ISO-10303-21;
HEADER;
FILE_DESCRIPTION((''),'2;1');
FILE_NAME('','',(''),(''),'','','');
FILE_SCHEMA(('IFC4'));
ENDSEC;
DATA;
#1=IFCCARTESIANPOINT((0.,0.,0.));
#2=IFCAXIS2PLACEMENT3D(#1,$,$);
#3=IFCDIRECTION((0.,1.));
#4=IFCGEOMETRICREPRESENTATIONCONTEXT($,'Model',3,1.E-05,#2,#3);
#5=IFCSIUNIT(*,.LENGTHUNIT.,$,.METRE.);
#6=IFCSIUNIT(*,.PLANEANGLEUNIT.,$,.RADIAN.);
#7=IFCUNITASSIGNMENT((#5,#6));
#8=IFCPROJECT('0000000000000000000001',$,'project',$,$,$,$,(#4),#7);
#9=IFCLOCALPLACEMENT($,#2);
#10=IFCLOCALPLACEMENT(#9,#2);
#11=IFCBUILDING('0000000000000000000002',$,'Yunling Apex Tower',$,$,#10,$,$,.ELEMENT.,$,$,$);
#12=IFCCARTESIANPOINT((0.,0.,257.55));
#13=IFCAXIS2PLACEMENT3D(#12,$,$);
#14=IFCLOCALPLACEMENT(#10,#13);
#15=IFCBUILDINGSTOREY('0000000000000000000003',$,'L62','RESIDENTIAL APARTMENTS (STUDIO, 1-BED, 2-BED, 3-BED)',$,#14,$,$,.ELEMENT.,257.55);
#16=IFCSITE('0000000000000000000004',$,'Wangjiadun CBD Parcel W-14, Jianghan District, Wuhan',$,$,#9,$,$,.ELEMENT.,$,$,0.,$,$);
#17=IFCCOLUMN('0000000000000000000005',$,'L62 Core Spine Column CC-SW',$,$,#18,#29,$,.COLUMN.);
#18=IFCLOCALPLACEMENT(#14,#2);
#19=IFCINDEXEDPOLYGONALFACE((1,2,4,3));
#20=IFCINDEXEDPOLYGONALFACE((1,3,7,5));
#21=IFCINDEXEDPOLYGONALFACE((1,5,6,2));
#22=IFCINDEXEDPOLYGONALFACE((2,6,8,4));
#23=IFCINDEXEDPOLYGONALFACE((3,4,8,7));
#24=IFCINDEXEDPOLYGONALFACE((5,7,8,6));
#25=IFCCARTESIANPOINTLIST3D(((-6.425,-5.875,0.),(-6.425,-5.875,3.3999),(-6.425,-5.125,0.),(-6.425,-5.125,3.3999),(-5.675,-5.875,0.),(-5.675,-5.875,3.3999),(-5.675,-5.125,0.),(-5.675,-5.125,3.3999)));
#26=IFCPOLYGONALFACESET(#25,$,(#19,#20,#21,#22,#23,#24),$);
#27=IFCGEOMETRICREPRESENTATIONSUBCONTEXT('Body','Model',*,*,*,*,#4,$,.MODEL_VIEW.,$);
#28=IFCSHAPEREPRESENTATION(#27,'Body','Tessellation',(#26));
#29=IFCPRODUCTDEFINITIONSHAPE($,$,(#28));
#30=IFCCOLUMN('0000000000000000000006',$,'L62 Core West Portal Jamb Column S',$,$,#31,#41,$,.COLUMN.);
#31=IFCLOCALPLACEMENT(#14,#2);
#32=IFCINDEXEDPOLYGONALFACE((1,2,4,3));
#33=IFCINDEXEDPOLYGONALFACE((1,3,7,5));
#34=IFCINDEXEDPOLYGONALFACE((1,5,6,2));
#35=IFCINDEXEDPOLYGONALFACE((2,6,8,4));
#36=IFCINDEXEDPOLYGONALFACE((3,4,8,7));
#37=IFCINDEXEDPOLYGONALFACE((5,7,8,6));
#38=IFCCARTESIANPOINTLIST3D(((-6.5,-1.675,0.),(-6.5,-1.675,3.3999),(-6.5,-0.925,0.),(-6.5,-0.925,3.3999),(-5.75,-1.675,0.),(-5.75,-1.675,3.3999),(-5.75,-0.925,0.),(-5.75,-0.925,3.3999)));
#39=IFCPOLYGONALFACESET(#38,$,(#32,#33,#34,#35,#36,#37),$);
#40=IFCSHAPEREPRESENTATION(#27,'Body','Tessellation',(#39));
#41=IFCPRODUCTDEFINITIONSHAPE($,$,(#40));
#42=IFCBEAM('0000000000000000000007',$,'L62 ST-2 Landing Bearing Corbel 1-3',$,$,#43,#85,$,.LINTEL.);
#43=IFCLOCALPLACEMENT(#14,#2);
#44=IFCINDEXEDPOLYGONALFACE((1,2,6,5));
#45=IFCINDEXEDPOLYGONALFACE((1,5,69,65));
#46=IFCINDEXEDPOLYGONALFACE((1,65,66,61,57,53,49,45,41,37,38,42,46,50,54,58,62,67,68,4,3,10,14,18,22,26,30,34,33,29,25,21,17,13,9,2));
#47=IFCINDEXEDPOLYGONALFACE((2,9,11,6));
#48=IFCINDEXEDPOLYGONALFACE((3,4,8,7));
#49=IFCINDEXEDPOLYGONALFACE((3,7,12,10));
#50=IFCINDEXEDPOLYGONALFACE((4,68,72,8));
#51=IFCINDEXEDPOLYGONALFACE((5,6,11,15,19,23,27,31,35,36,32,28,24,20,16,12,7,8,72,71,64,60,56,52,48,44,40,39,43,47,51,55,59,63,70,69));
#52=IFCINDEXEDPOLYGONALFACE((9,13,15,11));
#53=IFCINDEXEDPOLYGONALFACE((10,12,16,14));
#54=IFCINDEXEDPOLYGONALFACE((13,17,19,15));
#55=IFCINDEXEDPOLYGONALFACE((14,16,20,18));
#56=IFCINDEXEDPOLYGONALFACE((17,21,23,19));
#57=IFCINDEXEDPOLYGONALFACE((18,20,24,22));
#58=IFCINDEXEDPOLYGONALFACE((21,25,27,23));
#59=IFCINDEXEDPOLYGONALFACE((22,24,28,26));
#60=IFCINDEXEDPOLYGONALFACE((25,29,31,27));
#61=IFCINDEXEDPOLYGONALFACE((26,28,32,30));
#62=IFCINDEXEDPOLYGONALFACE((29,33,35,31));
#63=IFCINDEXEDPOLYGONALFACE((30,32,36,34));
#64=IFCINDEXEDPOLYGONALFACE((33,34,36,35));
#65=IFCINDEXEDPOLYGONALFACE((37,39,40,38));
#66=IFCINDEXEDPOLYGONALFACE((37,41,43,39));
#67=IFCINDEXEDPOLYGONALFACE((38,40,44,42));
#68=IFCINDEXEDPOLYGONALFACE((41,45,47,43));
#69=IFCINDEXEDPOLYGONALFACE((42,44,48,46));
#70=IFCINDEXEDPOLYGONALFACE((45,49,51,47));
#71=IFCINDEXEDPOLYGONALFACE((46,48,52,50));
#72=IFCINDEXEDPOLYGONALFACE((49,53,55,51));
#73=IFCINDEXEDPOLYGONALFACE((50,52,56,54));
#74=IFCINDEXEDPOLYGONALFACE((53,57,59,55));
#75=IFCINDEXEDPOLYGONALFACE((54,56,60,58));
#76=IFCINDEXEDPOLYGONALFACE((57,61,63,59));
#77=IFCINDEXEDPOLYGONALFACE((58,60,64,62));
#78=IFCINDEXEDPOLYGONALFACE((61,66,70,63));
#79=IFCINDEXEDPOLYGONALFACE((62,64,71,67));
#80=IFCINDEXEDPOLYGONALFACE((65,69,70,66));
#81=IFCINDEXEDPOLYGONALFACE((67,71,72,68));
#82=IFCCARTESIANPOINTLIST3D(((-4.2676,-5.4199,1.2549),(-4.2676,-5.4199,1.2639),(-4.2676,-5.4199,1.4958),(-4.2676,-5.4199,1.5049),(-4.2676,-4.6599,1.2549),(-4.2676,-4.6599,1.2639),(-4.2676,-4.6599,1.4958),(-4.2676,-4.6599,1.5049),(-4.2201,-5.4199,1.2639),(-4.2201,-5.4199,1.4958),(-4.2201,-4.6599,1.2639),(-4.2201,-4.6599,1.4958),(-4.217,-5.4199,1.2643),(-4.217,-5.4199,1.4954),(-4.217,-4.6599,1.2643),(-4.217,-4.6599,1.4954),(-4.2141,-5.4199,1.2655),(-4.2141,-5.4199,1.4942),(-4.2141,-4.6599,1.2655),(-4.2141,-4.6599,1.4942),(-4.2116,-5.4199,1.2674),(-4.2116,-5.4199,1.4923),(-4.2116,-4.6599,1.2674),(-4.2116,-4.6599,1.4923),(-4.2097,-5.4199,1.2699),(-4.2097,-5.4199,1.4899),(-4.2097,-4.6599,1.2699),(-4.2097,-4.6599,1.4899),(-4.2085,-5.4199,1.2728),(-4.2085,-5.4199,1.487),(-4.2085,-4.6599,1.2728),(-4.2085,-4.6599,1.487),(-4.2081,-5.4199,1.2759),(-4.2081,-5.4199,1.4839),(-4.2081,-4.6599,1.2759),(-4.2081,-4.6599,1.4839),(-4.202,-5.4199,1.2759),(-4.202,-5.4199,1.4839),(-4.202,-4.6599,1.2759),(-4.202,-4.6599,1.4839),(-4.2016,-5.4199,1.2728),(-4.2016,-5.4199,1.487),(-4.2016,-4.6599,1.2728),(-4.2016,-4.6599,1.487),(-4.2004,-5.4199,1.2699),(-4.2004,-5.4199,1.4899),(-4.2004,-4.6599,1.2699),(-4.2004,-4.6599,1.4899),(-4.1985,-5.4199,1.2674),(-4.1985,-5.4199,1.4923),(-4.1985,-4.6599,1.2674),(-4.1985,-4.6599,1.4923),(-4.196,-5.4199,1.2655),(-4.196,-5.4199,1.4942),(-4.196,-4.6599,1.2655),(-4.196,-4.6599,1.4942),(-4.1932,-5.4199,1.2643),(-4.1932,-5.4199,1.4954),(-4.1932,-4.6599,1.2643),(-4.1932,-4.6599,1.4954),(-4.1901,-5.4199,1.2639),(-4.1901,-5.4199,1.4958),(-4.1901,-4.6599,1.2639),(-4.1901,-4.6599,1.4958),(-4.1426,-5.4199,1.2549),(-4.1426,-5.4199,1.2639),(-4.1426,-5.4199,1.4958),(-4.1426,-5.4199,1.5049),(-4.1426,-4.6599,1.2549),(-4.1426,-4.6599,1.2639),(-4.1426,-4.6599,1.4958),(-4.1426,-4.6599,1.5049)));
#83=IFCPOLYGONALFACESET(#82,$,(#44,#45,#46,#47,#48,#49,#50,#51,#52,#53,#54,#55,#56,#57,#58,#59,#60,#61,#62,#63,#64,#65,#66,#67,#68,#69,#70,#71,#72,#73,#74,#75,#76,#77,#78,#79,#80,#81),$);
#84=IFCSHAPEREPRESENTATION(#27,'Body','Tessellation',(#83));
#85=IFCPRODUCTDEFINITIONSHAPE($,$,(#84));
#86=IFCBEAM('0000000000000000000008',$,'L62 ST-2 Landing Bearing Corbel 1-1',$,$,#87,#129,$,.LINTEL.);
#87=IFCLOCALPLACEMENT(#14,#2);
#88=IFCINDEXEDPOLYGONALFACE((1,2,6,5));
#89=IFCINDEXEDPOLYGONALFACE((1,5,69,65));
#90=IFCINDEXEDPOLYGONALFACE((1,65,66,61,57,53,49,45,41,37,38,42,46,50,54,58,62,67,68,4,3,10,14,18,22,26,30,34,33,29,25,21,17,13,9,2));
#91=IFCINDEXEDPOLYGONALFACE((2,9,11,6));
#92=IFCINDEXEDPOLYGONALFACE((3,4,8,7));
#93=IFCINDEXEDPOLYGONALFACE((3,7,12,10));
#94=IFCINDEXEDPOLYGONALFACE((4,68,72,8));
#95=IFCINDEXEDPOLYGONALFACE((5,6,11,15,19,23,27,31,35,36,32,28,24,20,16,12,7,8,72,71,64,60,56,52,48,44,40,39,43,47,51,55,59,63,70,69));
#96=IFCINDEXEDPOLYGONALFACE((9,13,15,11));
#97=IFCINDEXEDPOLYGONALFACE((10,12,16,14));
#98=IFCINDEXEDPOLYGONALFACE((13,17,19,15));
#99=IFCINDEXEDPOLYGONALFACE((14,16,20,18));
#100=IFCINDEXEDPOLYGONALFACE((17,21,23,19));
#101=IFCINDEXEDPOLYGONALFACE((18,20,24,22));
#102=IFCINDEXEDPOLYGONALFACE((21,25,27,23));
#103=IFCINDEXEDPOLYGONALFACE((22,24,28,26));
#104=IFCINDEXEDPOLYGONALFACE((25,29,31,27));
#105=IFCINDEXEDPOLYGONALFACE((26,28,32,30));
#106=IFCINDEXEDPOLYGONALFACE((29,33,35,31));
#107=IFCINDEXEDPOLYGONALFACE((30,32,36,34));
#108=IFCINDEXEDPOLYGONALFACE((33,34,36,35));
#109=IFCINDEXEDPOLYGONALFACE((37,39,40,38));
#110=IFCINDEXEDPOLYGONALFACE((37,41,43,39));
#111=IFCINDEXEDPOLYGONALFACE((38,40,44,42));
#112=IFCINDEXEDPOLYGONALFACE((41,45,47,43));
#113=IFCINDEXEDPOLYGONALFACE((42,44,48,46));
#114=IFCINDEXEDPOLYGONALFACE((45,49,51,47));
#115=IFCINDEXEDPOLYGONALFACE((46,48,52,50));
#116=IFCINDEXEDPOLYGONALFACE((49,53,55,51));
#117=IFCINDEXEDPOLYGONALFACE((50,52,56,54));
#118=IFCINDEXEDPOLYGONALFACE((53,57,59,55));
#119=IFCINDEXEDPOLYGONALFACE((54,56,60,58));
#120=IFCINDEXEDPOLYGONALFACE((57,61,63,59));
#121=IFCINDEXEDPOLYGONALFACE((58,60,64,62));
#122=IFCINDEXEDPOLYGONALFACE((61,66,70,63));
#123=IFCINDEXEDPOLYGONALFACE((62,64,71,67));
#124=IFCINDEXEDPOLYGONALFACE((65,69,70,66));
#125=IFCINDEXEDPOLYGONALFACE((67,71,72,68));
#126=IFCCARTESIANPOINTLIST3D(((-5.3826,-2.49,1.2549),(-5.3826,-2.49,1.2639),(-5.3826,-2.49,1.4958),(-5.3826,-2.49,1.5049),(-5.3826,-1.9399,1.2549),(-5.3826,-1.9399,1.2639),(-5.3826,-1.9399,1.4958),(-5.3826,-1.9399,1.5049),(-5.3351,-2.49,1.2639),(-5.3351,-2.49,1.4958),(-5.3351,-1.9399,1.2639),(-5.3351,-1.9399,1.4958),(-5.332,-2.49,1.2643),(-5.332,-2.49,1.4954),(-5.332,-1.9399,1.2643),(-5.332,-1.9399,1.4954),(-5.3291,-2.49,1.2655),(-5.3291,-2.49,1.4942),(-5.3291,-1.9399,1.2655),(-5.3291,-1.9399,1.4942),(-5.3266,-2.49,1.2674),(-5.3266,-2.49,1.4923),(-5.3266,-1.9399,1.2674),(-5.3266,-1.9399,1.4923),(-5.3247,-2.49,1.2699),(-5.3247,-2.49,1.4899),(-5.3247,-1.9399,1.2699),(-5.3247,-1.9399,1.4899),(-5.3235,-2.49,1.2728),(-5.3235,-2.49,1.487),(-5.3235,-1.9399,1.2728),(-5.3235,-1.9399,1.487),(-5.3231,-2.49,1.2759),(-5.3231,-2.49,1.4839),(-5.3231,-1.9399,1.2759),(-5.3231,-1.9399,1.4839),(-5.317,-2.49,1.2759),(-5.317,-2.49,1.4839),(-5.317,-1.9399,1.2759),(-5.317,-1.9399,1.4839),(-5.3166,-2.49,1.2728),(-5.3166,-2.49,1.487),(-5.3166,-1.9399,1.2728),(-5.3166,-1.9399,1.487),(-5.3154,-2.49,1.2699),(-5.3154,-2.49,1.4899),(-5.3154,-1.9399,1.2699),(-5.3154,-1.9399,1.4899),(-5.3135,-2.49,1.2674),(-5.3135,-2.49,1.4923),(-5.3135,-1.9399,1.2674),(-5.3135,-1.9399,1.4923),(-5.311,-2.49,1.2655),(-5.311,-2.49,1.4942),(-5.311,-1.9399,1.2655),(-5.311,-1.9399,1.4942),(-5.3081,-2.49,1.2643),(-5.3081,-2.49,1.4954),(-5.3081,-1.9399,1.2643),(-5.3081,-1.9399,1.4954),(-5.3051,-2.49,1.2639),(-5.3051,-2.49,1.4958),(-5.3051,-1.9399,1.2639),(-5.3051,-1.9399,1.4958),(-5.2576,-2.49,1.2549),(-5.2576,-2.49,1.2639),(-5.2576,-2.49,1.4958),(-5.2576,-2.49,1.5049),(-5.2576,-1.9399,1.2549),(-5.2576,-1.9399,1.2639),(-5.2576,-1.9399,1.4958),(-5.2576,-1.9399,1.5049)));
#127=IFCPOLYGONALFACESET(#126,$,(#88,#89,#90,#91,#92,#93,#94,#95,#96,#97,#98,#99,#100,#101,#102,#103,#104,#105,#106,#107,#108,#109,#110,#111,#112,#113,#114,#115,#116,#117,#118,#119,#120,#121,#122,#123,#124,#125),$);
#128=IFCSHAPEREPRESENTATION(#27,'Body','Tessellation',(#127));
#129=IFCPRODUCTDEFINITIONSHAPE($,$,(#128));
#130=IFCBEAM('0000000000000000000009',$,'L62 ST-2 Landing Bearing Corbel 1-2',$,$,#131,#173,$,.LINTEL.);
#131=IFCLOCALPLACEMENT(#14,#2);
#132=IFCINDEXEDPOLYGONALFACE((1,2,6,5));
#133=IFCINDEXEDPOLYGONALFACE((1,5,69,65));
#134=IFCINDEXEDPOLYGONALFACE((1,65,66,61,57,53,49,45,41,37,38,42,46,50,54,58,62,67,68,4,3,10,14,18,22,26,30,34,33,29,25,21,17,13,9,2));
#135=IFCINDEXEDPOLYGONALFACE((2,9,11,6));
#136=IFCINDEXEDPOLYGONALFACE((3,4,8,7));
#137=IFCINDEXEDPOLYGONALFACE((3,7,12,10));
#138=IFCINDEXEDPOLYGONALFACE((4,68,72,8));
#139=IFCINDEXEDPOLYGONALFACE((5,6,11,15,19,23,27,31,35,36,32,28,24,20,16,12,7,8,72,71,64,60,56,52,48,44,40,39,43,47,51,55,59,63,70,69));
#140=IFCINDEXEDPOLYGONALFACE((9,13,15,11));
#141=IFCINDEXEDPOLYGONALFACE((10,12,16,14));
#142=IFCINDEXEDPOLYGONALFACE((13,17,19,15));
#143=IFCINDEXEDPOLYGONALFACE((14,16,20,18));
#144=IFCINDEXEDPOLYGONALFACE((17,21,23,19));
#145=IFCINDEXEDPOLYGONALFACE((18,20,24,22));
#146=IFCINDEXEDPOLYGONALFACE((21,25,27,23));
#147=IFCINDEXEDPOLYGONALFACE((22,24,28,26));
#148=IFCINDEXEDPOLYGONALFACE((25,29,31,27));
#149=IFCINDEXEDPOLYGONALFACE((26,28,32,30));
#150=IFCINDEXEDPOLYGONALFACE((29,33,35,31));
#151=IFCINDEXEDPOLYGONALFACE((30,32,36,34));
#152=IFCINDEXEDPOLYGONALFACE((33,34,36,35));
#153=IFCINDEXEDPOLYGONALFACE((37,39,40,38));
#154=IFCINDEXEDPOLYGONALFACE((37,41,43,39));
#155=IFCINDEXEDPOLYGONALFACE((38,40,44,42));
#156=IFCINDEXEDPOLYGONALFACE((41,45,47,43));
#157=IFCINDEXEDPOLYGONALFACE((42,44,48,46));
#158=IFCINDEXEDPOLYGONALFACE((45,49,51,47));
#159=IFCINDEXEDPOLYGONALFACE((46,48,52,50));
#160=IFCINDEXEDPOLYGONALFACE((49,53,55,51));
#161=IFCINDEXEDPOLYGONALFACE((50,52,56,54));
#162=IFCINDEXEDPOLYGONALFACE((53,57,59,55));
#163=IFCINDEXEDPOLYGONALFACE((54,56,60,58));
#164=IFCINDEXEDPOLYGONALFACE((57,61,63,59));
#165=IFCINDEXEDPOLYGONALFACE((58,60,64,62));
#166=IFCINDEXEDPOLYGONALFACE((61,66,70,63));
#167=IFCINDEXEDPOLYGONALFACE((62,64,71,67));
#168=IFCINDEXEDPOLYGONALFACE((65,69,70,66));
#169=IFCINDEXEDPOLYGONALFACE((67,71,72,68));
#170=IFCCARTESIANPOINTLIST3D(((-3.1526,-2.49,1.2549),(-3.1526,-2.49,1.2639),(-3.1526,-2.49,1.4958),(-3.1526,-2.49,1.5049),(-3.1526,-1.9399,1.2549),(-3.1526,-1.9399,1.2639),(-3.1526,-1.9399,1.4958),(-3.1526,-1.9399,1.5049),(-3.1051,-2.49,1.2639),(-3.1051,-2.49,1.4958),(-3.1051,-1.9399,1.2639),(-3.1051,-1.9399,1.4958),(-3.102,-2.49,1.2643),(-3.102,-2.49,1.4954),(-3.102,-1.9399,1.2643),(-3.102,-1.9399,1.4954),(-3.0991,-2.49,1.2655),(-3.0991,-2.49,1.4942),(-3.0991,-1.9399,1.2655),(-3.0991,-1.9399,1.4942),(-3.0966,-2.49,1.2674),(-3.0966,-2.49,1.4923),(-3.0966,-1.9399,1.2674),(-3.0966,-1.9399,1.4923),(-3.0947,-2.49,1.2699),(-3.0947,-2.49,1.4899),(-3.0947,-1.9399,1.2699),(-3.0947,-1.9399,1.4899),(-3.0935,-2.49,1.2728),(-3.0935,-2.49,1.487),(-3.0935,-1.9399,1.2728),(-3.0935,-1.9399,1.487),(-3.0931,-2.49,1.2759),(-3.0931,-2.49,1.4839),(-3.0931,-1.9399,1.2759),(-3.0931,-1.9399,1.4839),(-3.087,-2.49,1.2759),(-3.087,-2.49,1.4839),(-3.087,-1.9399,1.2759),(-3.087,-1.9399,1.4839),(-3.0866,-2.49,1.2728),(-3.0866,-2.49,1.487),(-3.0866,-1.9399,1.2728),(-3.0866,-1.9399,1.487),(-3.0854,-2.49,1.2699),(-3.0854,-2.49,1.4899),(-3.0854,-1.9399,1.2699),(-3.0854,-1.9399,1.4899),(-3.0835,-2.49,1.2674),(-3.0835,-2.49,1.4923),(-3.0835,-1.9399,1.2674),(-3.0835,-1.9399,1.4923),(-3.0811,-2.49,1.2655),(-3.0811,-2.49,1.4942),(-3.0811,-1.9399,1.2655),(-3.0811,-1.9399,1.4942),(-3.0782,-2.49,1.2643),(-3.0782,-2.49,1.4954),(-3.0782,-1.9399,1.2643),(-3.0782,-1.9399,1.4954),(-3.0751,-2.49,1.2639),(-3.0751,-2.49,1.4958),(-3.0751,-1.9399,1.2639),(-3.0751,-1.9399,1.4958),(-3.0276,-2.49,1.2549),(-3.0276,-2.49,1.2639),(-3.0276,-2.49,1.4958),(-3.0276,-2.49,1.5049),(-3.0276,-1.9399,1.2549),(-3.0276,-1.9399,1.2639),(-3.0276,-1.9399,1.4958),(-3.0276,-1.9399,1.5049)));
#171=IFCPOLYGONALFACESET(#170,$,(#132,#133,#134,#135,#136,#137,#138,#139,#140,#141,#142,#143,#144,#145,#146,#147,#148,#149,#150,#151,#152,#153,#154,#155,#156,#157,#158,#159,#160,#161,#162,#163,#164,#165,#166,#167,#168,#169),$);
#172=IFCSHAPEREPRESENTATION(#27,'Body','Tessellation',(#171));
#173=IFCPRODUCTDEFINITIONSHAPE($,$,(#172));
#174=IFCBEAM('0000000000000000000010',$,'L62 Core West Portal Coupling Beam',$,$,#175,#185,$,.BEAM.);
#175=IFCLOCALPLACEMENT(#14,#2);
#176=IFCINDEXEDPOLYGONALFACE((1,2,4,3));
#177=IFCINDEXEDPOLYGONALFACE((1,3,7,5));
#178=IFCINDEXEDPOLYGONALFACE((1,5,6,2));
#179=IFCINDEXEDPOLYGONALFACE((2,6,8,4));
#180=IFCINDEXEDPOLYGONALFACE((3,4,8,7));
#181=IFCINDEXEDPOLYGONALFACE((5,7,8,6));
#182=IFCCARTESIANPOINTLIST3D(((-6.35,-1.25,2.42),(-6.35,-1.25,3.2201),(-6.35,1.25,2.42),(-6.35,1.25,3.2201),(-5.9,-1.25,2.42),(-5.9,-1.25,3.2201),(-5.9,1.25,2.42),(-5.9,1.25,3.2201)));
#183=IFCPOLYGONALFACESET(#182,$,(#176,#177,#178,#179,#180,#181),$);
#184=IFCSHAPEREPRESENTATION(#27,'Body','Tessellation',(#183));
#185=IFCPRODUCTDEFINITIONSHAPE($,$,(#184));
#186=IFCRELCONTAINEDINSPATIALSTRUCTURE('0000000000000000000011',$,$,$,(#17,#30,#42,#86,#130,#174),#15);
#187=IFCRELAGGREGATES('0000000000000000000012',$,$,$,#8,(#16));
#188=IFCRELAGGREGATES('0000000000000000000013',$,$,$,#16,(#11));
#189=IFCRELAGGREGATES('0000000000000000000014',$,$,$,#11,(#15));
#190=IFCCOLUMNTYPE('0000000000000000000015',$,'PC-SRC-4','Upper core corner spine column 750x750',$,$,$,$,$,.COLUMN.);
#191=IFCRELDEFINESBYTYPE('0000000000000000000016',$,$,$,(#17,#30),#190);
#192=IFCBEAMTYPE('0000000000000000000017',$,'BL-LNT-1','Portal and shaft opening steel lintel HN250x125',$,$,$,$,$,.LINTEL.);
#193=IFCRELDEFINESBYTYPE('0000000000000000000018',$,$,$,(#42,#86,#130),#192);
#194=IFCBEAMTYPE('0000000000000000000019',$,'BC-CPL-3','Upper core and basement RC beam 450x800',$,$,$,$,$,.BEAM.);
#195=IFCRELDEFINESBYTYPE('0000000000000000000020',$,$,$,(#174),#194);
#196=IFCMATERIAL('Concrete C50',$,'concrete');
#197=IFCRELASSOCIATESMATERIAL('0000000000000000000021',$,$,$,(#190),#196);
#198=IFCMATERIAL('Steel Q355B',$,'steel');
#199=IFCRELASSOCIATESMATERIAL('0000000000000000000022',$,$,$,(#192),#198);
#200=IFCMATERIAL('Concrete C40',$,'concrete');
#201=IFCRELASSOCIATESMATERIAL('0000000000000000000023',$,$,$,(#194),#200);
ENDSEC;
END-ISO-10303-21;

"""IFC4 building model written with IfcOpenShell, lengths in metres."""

from ifc_helpers import new_model, si_unit, direction, frame, origin, origin_2d, place, context, subcontext, project, spatial, rectangle, i_section, extrude, source, transform, mapped, material, material_profile, profile_set, type_object, element, save


model = new_model("IFC4")

# Units and contexts
model_context = context("Model", 3, precision=1e-05, world=origin(), true_north=direction((0.0, 1.0)))
body_context = subcontext(model_context, "Body", "Model", "MODEL_VIEW")
ifc_project = project(units=[si_unit("LENGTHUNIT", "METRE"), si_unit("PLANEANGLEUNIT", "RADIAN")], contexts=[model_context])

# Site, building, storey
site_placement = place(None, origin())
site = spatial("IfcSite", under=ifc_project, at=site_placement, Name="Wangjiadun CBD Parcel W-14, Jianghan District, Wuhan", CompositionType="ELEMENT", RefElevation=0.0)
building_placement = place(site_placement, origin())
building = spatial("IfcBuilding", under=site, at=building_placement, Name="Yunling Apex Tower", CompositionType="ELEMENT")
storey_placement = place(building_placement, frame((0.0, 0.0, 257.55)))
storey = spatial("IfcBuildingStorey", under=building, at=storey_placement, Name="L62", Description="RESIDENTIAL APARTMENTS (STUDIO, 1-BED, 2-BED, 3-BED)", CompositionType="ELEMENT", Elevation=257.55)

# Columns
ifc_material_1 = material(Name="Concrete C50", Category="concrete")
ifc_material_profile_1 = material_profile(ifc_material_1, rectangle(XDim=0.75, YDim=0.75, at=origin_2d()))
ifc_profile_set_1 = profile_set([ifc_material_profile_1], Name="Concrete C50")
column_type = type_object("IfcColumnType", Name="PC-SRC-4", Description="Upper core corner spine column 750x750", PredefinedType="COLUMN", material=ifc_profile_set_1)
shared_shape_1 = source(origin(), body_context, "Body", "SweptSolid", [
    extrude(rectangle(XDim=0.75, YDim=0.75, at=origin_2d()), origin(), (0.0, 0.0, 1.0), 3.3999),
])
for number, where, z_axis, x_axis, name in (
    (1, (-6.05, -5.5, 0.0), (0.0, 0.0, 1.0), (1.0, 0.0, 0.0), "L62 Core Spine Column CC-SW"),
    (2, (-6.125, -1.3, 0.0), (0.0, 0.0, 1.0), (1.0, 0.0, 0.0), "L62 Core West Portal Jamb Column S"),
):
    element("IfcColumn", number, at=place(storey_placement, frame(where, z_axis=z_axis, x_axis=x_axis)), inside=storey, type_object=column_type, Name=name, PredefinedType="COLUMN", context=body_context, shape_type="MappedRepresentation", body=[
        mapped(shared_shape_1, transform((0.0, 0.0, 0.0), scale=1.0)),
    ])

# Beams
ifc_material_2 = material(Name="Steel Q355B", Category="steel")
ifc_material_profile_2 = material_profile(ifc_material_2, i_section(OverallWidth=0.125, OverallDepth=0.25, WebThickness=0.0061, FlangeThickness=0.009, FilletRadius=0.012, at=origin_2d()))
ifc_profile_set_2 = profile_set([ifc_material_profile_2], Name="Steel Q355B")
beam_type_1 = type_object("IfcBeamType", Name="BL-LNT-1", Description="Portal and shaft opening steel lintel HN250x125", PredefinedType="LINTEL", material=ifc_profile_set_2)
shared_shape_2 = source(origin(), body_context, "Body", "SweptSolid", [
    extrude(i_section(OverallWidth=0.125, OverallDepth=0.25, WebThickness=0.0061, FlangeThickness=0.009, FilletRadius=0.012, at=origin_2d()), origin(), (0.0, 0.0, 1.0), 0.76),
])
beam_1_placement = place(storey_placement, frame((-4.2051, -5.4199, 1.3799), z_axis=(0.0, 1.0, 0.0), x_axis=(-1.0, 0.0, 0.0)))
element("IfcBeam", 3, at=beam_1_placement, inside=storey, type_object=beam_type_1, Name="L62 ST-2 Landing Bearing Corbel 1-3", PredefinedType="LINTEL", context=body_context, shape_type="MappedRepresentation", body=[
    mapped(shared_shape_2, transform((0.0, 0.0, 0.0), scale=1.0)),
])
shared_shape_3 = source(origin(), body_context, "Body", "SweptSolid", [
    extrude(i_section(OverallWidth=0.125, OverallDepth=0.25, WebThickness=0.0061, FlangeThickness=0.009, FilletRadius=0.012, at=origin_2d()), origin(), (0.0, 0.0, 1.0), 0.55),
])
for number, where, z_axis, x_axis, name in (
    (4, (-5.3201, -1.9399, 1.3799), (0.0, -1.0, 0.0), (1.0, 0.0, 0.0), "L62 ST-2 Landing Bearing Corbel 1-1"),
    (5, (-3.0901, -1.9399, 1.3799), (0.0, -1.0, 0.0), (1.0, 0.0, 0.0), "L62 ST-2 Landing Bearing Corbel 1-2"),
):
    element("IfcBeam", number, at=place(storey_placement, frame(where, z_axis=z_axis, x_axis=x_axis)), inside=storey, type_object=beam_type_1, Name=name, PredefinedType="LINTEL", context=body_context, shape_type="MappedRepresentation", body=[
        mapped(shared_shape_3, transform((0.0, 0.0, 0.0), scale=1.0)),
    ])
ifc_material_3 = material(Name="Concrete C40", Category="concrete")
ifc_material_profile_3 = material_profile(ifc_material_3, rectangle(XDim=0.45, YDim=0.8, at=origin_2d()))
ifc_profile_set_3 = profile_set([ifc_material_profile_3], Name="Concrete C40")
beam_type_2 = type_object("IfcBeamType", Name="BC-CPL-3", Description="Upper core and basement RC beam 450x800", PredefinedType="BEAM", material=ifc_profile_set_3)
shared_shape_4 = source(origin(), body_context, "Body", "SweptSolid", [
    extrude(rectangle(XDim=0.45, YDim=0.8, at=origin_2d()), origin(), (0.0, 0.0, 1.0), 2.5),
])
beam_2_placement = place(storey_placement, frame((-6.125, -1.25, 2.8201), z_axis=(0.0, 1.0, 0.0), x_axis=(-1.0, 0.0, 0.0)))
element("IfcBeam", 6, at=beam_2_placement, inside=storey, type_object=beam_type_2, Name="L62 Core West Portal Coupling Beam", PredefinedType="BEAM", context=body_context, shape_type="MappedRepresentation", body=[
    mapped(shared_shape_4, transform((0.0, 0.0, 0.0), scale=1.0)),
])

save(model, "model.ifc")
